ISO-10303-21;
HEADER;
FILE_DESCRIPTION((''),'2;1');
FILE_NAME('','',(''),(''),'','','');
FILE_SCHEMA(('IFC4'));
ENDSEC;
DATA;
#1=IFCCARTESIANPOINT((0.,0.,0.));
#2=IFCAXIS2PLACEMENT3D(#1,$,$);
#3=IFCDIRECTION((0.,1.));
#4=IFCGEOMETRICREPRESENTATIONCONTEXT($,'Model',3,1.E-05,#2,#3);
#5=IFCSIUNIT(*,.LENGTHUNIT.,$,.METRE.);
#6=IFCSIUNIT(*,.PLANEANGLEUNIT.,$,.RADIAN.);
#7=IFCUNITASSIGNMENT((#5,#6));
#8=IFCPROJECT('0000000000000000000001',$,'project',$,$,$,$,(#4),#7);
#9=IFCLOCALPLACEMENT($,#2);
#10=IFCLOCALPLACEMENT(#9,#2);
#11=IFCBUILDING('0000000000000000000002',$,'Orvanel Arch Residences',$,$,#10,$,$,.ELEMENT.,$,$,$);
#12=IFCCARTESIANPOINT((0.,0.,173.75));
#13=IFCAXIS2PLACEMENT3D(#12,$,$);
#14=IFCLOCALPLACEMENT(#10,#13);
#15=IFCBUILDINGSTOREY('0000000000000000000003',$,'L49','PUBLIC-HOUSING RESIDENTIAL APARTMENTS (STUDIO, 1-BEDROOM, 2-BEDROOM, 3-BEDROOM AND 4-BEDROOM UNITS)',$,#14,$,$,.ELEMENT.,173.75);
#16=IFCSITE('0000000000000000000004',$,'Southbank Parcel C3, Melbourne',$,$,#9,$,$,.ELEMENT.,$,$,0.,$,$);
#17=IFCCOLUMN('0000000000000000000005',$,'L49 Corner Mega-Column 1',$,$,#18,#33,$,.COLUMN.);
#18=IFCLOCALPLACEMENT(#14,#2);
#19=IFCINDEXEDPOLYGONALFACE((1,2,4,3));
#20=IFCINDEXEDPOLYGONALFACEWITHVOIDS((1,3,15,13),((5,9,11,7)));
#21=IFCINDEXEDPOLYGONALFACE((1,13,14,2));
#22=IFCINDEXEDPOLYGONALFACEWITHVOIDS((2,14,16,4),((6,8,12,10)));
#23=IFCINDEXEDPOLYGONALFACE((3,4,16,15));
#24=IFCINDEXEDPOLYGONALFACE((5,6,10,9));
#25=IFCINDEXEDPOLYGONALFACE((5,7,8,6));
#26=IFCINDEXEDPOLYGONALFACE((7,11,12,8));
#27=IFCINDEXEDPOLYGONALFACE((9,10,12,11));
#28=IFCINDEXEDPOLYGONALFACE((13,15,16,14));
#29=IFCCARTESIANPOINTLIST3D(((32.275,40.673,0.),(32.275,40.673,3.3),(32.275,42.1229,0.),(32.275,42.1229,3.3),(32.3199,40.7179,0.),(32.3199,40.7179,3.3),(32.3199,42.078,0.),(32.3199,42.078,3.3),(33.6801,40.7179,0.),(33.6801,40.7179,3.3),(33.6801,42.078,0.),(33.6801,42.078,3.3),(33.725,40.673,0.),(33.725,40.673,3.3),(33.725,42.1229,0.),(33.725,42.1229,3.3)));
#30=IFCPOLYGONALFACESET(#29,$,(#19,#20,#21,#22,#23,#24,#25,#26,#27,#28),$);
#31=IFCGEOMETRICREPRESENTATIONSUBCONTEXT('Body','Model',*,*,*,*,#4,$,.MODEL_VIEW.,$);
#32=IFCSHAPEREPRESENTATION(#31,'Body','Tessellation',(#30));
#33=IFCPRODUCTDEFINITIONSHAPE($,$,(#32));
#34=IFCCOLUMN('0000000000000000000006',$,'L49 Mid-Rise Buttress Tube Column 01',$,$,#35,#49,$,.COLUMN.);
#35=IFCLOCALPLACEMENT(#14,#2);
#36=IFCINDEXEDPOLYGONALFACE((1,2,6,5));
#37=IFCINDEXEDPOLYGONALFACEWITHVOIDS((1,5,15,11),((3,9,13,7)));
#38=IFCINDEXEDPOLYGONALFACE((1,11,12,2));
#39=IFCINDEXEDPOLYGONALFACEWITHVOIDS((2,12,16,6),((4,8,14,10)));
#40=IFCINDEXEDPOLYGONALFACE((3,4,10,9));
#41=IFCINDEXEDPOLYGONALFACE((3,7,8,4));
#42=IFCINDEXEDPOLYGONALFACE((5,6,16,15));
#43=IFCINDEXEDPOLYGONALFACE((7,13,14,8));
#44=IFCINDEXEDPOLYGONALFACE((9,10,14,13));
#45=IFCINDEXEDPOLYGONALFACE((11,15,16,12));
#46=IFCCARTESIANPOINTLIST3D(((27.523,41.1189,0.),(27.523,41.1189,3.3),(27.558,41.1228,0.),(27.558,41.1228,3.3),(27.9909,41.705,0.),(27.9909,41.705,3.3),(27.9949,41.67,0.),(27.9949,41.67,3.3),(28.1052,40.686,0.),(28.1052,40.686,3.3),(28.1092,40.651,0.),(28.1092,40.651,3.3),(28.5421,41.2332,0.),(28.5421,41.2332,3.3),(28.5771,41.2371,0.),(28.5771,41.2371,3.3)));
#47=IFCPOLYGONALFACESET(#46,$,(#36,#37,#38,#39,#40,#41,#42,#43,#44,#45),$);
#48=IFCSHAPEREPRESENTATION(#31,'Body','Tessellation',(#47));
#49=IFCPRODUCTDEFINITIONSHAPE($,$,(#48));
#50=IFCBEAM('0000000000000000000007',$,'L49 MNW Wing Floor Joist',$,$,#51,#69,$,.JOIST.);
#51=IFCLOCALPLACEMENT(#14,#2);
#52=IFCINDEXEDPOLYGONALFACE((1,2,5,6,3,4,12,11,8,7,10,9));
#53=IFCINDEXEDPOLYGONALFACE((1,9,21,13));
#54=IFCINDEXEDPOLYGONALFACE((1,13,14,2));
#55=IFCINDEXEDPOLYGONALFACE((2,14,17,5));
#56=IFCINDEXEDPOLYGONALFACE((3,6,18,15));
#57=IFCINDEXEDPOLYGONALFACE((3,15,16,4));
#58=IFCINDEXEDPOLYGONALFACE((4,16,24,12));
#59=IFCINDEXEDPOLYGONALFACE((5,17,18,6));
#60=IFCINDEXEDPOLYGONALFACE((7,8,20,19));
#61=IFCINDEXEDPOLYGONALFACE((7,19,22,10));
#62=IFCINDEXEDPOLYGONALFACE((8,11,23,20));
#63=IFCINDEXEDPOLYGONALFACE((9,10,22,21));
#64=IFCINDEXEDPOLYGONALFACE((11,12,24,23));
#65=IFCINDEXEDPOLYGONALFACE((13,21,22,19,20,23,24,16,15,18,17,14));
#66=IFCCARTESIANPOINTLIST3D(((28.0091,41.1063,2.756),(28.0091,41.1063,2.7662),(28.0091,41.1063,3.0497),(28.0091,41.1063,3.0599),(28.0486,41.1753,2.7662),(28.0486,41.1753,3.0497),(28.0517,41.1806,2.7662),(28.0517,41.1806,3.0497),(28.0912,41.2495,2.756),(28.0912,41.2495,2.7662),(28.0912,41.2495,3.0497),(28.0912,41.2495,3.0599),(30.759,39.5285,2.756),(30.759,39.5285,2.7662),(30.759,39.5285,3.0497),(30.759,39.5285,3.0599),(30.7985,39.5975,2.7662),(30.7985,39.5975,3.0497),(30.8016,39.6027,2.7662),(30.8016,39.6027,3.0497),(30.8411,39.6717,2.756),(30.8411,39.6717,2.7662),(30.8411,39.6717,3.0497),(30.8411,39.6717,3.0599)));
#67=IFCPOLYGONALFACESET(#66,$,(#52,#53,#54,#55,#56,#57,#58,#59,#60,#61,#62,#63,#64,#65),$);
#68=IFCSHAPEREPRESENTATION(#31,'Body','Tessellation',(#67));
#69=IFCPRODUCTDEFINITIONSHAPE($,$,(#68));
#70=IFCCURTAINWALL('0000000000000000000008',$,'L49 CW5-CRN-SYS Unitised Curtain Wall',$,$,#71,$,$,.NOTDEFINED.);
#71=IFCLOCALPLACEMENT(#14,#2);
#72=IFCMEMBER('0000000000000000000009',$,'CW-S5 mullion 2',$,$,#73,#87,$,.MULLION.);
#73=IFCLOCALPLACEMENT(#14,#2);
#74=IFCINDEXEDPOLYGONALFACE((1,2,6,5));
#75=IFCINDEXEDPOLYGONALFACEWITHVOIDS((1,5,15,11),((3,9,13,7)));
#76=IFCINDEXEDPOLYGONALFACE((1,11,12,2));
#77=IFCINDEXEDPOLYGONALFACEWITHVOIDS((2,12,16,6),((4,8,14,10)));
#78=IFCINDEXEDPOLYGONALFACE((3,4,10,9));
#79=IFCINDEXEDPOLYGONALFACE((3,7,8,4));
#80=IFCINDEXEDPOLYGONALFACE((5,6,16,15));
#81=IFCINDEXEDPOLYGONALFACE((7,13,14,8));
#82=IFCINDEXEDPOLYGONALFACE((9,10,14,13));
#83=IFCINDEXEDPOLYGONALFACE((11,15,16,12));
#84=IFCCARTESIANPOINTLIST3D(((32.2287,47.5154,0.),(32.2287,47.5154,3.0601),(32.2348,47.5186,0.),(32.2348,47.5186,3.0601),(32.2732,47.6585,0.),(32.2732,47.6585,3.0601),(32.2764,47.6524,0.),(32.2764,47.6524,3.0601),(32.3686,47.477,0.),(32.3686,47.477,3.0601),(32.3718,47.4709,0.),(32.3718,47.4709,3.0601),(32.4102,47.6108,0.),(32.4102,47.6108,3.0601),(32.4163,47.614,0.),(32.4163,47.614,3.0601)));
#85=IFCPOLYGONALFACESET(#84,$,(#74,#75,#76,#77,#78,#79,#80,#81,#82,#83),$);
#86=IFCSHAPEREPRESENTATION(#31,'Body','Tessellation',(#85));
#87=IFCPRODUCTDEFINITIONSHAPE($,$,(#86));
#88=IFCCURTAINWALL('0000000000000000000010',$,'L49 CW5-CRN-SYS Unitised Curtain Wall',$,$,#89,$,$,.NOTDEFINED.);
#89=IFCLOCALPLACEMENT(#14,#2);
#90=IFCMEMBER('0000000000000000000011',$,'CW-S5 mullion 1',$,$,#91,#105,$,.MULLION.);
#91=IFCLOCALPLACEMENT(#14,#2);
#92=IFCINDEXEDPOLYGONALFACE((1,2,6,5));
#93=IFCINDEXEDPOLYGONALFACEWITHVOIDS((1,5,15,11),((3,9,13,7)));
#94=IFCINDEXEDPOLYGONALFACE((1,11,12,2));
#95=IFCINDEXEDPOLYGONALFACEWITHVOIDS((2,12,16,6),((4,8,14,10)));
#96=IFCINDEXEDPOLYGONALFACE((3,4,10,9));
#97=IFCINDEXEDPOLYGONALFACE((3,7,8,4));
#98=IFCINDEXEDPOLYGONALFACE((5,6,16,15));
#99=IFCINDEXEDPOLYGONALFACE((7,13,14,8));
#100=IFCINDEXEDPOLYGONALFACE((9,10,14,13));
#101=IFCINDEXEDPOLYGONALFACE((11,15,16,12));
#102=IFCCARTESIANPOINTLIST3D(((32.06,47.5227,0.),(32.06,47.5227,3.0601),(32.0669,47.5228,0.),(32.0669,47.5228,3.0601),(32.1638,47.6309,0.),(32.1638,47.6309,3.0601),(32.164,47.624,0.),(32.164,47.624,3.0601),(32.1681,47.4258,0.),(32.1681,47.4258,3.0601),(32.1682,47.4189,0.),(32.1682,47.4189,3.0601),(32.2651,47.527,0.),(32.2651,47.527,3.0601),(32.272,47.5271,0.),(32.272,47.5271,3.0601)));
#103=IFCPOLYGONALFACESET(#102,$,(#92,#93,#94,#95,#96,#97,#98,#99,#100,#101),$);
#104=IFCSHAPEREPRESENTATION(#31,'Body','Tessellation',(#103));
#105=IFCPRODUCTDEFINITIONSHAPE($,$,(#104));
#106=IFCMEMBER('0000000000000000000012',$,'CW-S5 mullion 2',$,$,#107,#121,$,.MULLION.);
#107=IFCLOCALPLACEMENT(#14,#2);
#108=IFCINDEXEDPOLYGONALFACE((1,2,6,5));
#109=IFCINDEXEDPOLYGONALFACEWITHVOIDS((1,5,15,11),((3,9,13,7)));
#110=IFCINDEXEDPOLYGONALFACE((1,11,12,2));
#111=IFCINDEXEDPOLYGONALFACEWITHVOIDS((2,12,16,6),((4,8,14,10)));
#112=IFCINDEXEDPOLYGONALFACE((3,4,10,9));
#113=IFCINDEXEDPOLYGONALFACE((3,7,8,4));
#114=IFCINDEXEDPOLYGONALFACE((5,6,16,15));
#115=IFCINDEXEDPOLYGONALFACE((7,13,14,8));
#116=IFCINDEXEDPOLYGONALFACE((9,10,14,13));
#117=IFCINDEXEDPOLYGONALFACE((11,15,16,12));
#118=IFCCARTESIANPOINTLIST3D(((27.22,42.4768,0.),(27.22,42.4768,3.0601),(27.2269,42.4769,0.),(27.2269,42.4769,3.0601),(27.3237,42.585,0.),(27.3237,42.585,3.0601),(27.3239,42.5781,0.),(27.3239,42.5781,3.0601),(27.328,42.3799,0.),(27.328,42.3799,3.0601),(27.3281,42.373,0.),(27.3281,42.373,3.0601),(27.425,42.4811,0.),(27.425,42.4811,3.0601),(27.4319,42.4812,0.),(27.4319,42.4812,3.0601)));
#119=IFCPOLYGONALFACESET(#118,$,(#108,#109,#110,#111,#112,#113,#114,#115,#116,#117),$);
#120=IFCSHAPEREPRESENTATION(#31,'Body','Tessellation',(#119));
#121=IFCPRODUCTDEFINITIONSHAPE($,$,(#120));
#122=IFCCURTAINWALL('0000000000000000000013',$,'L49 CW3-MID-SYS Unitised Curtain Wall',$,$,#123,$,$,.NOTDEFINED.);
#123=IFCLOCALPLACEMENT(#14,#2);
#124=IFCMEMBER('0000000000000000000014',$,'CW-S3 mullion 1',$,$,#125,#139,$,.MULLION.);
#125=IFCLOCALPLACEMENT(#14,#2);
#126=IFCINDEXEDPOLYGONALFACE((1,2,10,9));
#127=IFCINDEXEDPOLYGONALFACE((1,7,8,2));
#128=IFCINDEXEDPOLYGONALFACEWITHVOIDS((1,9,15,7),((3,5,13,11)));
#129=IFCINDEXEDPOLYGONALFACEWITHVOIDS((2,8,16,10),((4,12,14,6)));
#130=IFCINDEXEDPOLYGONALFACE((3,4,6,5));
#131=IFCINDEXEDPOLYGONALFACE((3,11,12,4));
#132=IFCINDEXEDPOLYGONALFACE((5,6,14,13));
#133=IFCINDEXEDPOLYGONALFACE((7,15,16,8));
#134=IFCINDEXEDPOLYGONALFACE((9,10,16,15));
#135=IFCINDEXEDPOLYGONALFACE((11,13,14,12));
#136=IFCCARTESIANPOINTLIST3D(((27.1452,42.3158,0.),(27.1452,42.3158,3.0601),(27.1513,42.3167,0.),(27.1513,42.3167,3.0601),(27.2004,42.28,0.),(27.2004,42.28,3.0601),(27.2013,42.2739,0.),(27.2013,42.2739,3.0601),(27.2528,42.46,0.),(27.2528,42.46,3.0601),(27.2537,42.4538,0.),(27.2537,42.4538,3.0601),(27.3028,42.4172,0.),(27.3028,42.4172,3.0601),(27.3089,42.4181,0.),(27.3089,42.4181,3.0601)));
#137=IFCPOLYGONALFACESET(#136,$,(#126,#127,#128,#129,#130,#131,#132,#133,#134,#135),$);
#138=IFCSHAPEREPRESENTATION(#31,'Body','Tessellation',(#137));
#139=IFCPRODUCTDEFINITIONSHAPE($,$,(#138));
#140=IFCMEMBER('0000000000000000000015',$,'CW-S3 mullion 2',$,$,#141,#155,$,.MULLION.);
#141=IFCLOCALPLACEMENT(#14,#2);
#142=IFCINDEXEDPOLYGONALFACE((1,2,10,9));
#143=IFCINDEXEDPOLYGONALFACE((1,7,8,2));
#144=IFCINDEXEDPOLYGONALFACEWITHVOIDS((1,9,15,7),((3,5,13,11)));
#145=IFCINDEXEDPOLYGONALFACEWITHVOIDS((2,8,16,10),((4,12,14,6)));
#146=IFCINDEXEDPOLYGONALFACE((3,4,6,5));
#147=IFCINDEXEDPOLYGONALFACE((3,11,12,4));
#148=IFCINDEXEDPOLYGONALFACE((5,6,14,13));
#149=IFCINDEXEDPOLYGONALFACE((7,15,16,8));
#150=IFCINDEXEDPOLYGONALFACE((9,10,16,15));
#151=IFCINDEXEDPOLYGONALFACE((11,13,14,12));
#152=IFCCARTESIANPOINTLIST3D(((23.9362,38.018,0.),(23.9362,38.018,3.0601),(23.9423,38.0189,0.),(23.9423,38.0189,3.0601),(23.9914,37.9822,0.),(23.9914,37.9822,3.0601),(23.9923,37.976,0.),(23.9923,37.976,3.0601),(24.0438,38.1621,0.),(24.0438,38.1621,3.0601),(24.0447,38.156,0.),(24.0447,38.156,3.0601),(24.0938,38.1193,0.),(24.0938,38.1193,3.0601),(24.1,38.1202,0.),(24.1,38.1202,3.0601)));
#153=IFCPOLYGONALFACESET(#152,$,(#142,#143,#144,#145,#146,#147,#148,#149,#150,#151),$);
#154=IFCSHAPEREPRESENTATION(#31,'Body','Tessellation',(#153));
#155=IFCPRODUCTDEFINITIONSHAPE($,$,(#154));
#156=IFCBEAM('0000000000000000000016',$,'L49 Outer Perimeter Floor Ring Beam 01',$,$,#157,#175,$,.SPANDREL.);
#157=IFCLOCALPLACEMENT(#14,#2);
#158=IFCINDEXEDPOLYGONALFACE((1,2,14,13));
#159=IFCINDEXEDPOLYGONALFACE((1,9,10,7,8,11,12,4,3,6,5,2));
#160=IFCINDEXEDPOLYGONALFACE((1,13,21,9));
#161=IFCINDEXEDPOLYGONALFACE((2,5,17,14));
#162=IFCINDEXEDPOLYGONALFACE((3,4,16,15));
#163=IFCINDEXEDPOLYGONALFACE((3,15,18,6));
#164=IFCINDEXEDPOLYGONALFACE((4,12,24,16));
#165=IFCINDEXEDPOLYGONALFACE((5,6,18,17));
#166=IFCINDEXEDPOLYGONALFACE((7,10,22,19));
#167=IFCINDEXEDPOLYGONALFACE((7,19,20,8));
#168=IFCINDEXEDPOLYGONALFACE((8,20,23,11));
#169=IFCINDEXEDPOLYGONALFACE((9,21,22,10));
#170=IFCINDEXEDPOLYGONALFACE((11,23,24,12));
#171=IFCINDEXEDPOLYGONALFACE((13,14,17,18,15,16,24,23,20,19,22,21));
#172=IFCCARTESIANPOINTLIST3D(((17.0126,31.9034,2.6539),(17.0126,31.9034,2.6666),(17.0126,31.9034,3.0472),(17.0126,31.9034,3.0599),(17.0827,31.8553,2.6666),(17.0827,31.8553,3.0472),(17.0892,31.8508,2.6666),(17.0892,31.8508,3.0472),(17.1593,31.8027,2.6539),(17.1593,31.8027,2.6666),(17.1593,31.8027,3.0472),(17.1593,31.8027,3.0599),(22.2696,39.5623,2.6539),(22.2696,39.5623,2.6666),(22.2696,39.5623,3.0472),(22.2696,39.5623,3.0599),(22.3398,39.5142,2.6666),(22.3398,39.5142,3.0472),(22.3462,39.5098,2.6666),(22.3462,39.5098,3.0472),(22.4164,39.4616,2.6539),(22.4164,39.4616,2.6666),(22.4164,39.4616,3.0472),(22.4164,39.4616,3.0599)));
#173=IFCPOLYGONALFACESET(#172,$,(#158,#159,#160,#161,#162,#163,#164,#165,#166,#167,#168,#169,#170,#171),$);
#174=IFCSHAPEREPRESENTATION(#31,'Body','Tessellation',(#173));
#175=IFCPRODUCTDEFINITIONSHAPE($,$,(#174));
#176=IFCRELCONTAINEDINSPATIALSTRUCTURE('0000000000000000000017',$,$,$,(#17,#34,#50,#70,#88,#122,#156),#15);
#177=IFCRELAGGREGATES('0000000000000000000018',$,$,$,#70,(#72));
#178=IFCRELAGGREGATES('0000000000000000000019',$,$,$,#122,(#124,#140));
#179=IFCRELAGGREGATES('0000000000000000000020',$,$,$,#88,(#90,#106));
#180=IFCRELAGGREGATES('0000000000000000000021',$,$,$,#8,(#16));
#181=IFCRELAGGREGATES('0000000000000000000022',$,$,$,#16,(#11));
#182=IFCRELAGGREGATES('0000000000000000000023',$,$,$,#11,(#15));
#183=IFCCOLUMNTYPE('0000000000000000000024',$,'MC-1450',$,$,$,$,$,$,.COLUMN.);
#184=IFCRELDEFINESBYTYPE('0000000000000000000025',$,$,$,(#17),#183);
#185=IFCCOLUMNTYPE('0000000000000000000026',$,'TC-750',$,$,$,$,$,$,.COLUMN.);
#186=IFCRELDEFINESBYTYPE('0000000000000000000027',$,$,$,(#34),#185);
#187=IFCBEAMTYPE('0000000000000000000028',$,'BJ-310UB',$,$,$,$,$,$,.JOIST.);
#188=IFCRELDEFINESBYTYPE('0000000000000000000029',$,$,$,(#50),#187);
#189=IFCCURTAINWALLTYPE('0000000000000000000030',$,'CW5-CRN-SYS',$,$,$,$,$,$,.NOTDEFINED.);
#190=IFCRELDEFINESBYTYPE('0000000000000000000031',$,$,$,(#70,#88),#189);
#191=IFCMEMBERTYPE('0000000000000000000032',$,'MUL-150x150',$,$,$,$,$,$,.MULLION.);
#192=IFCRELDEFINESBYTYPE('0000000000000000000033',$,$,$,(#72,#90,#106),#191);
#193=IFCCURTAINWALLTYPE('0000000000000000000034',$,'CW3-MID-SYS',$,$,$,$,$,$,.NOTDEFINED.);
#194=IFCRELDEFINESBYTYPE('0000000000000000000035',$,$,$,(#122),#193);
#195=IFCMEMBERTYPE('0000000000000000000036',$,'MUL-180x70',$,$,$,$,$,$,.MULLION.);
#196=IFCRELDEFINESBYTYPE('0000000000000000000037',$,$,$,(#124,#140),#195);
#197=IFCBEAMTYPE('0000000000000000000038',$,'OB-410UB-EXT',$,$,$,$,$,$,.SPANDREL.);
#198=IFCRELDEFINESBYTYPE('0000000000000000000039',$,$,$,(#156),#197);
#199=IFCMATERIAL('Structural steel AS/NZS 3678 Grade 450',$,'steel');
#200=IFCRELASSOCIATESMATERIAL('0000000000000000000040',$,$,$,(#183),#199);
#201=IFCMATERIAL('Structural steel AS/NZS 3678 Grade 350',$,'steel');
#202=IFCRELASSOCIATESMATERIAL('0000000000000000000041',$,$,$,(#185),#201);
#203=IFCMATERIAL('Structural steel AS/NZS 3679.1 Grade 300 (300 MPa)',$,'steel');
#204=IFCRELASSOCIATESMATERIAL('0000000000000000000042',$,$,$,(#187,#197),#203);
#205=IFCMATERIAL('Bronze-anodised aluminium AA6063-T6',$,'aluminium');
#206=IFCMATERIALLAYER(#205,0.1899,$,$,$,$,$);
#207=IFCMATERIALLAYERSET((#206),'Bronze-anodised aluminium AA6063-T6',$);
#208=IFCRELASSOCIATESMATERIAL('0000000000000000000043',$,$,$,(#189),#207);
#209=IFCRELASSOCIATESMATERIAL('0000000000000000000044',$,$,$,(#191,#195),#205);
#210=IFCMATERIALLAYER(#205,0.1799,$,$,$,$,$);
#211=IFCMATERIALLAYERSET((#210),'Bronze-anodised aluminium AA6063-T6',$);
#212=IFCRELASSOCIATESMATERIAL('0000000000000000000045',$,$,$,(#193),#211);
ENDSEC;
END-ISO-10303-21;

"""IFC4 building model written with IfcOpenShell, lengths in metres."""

from ifc_helpers import new_model, si_unit, direction, frame, origin, origin_2d, place, context, subcontext, project, spatial, hollow_rectangle, i_section, extrude, material, layer, layer_set, material_profile, profile_set, type_object, element, aggregate, save


model = new_model("IFC4")

# Units and contexts
model_context = context("Model", 3, precision=1e-05, world=origin(), true_north=direction((0.0, 1.0)))
body_context = subcontext(model_context, "Body", "Model", "MODEL_VIEW")
ifc_project = project(units=[si_unit("LENGTHUNIT", "METRE"), si_unit("PLANEANGLEUNIT", "RADIAN")], contexts=[model_context])

# Site, building, storey
site_placement = place(None, origin())
site = spatial("IfcSite", under=ifc_project, at=site_placement, Name="Southbank Parcel C3, Melbourne", CompositionType="ELEMENT", RefElevation=0.0)
building_placement = place(site_placement, origin())
building = spatial("IfcBuilding", under=site, at=building_placement, Name="Orvanel Arch Residences", CompositionType="ELEMENT")
storey_placement = place(building_placement, frame((0.0, 0.0, 173.75)))
storey = spatial("IfcBuildingStorey", under=building, at=storey_placement, Name="L49", Description="PUBLIC-HOUSING RESIDENTIAL APARTMENTS (STUDIO, 1-BEDROOM, 2-BEDROOM, 3-BEDROOM AND 4-BEDROOM UNITS)", CompositionType="ELEMENT", Elevation=173.75)

# Columns
ifc_material_1 = material(Name="Structural steel AS/NZS 3678 Grade 450", Category="steel")
ifc_material_profile_1 = material_profile(ifc_material_1, hollow_rectangle(XDim=1.45, YDim=1.45, WallThickness=0.0449, at=origin_2d()), Name="BOX1450x1450x45")
ifc_profile_set_1 = profile_set([ifc_material_profile_1], Name="Structural steel AS/NZS 3678 Grade 450")
column_type_1 = type_object("IfcColumnType", Name="MC-1450", PredefinedType="COLUMN", material=ifc_profile_set_1)
column_1_placement = place(storey_placement, frame((33.0, 41.3979, 0.0), z_axis=(0.0, 0.0, 1.0), x_axis=(1.0, 0.0, 0.0)))
element("IfcColumn", 1, at=column_1_placement, inside=storey, type_object=column_type_1, Name="L49 Corner Mega-Column 1", PredefinedType="COLUMN", context=body_context, shape_type="SweptSolid", body=[
    extrude(hollow_rectangle(XDim=1.45, YDim=1.45, WallThickness=0.0449, at=origin_2d()), origin(), (0.0, 0.0, 1.0), 3.3),
])
ifc_material_2 = material(Name="Structural steel AS/NZS 3678 Grade 350", Category="steel")
ifc_material_profile_2 = material_profile(ifc_material_2, hollow_rectangle(XDim=0.75, YDim=0.75, WallThickness=0.0249, at=origin_2d()), Name="BOX750x750x25")
ifc_profile_set_2 = profile_set([ifc_material_profile_2], Name="Structural steel AS/NZS 3678 Grade 350")
column_type_2 = type_object("IfcColumnType", Name="TC-750", PredefinedType="COLUMN", material=ifc_profile_set_2)
column_2_placement = place(storey_placement, frame((28.05, 41.178, 0.0), z_axis=(0.0, 0.0, 1.0), x_axis=(0.62388, 0.78152, 0.0)))
element("IfcColumn", 2, at=column_2_placement, inside=storey, type_object=column_type_2, Name="L49 Mid-Rise Buttress Tube Column 01", PredefinedType="COLUMN", context=body_context, shape_type="SweptSolid", body=[
    extrude(hollow_rectangle(XDim=0.75, YDim=0.75, WallThickness=0.0249, at=origin_2d()), origin(), (0.0, 0.0, 1.0), 3.3),
])

# Beam
ifc_material_3 = material(Name="Structural steel AS/NZS 3679.1 Grade 300 (300 MPa)", Category="steel")
ifc_material_profile_3 = material_profile(ifc_material_3, i_section(OverallWidth=0.165, OverallDepth=0.304, WebThickness=0.0061, FlangeThickness=0.0103, at=origin_2d()), Name="310UB40.4")
ifc_profile_set_3 = profile_set([ifc_material_profile_3], Name="Structural steel AS/NZS 3679.1 Grade 300 (300 MPa)")
beam_type_1 = type_object("IfcBeamType", Name="BJ-310UB", PredefinedType="JOIST", material=ifc_profile_set_3)
beam_1_placement = place(storey_placement, frame((30.8, 39.6001, 2.908), z_axis=(-0.867365, 0.497672, 0.0), x_axis=(-0.497672, -0.867365, 0.0)))
element("IfcBeam", 3, at=beam_1_placement, inside=storey, type_object=beam_type_1, Name="L49 MNW Wing Floor Joist", PredefinedType="JOIST", context=body_context, shape_type="SweptSolid", body=[
    extrude(i_section(OverallWidth=0.165, OverallDepth=0.304, WebThickness=0.0061, FlangeThickness=0.0103, at=origin_2d()), origin(), (0.0, 0.0, 1.0), 3.1704),
])

# Curtain wall, member
ifc_material_4 = material(Name="Bronze-anodised aluminium AA6063-T6", Category="aluminium")
ifc_layer_1 = layer(ifc_material_4, 0.1899)
ifc_layer_set_1 = layer_set([ifc_layer_1], Name="Bronze-anodised aluminium AA6063-T6")
curtain_wall_type_1 = type_object("IfcCurtainWallType", Name="CW5-CRN-SYS", PredefinedType="NOTDEFINED", material=ifc_layer_set_1)
curtain_wall_1_placement = place(storey_placement, origin())
curtain_wall_1 = element("IfcCurtainWall", 4, at=curtain_wall_1_placement, inside=storey, type_object=curtain_wall_type_1, Name="L49 CW5-CRN-SYS Unitised Curtain Wall", PredefinedType="NOTDEFINED")
ifc_material_profile_4 = material_profile(ifc_material_4, hollow_rectangle(XDim=0.1499, YDim=0.1499, WallThickness=0.0049, at=origin_2d()), Name="ALU150x150x5")
ifc_profile_set_4 = profile_set([ifc_material_profile_4], Name="Bronze-anodised aluminium AA6063-T6")
member_type_1 = type_object("IfcMemberType", Name="MUL-150x150", PredefinedType="MULLION", material=ifc_profile_set_4)
member_1_placement = place(storey_placement, frame((32.3225, 47.5647, 0.0), z_axis=(0.0, 0.0, 1.0), x_axis=(-0.297092, -0.954849, 0.0)))
member_1 = element("IfcMember", 5, at=member_1_placement, type_object=member_type_1, Name="CW-S5 mullion 2", PredefinedType="MULLION", context=body_context, shape_type="SweptSolid", body=[
    extrude(hollow_rectangle(XDim=0.1499, YDim=0.1499, WallThickness=0.0049, at=origin_2d()), origin(), (0.0, 0.0, 1.0), 3.0601),
])
aggregate(curtain_wall_1, [member_1])

# Curtain walls, members
curtain_wall_2_placement = place(storey_placement, origin())
curtain_wall_2 = element("IfcCurtainWall", 6, at=curtain_wall_2_placement, inside=storey, type_object=curtain_wall_type_1, Name="L49 CW5-CRN-SYS Unitised Curtain Wall", PredefinedType="NOTDEFINED")
member_2_placement = place(storey_placement, frame((32.166, 47.5249, 0.0), z_axis=(0.0, 0.0, 1.0), x_axis=(0.721656, -0.692252, 0.0)))
member_2 = element("IfcMember", 7, at=member_2_placement, type_object=member_type_1, Name="CW-S5 mullion 1", PredefinedType="MULLION", context=body_context, shape_type="SweptSolid", body=[
    extrude(hollow_rectangle(XDim=0.1499, YDim=0.1499, WallThickness=0.0049, at=origin_2d()), origin(), (0.0, 0.0, 1.0), 3.0601),
])
member_3_placement = place(storey_placement, frame((27.3259, 42.479, 0.0), z_axis=(0.0, 0.0, 1.0), x_axis=(0.721656, -0.692252, 0.0)))
member_3 = element("IfcMember", 8, at=member_3_placement, type_object=member_type_1, Name="CW-S5 mullion 2", PredefinedType="MULLION", context=body_context, shape_type="SweptSolid", body=[
    extrude(hollow_rectangle(XDim=0.1499, YDim=0.1499, WallThickness=0.0049, at=origin_2d()), origin(), (0.0, 0.0, 1.0), 3.0601),
])
ifc_layer_2 = layer(ifc_material_4, 0.1799)
ifc_layer_set_2 = layer_set([ifc_layer_2], Name="Bronze-anodised aluminium AA6063-T6")
curtain_wall_type_2 = type_object("IfcCurtainWallType", Name="CW3-MID-SYS", PredefinedType="NOTDEFINED", material=ifc_layer_set_2)
curtain_wall_3_placement = place(storey_placement, origin())
curtain_wall_3 = element("IfcCurtainWall", 9, at=curtain_wall_3_placement, inside=storey, type_object=curtain_wall_type_2, Name="L49 CW3-MID-SYS Unitised Curtain Wall", PredefinedType="NOTDEFINED")
ifc_material_profile_5 = material_profile(ifc_material_4, hollow_rectangle(XDim=0.0701, YDim=0.1799, WallThickness=0.0044, at=origin_2d()), Name="ALU180x70x4.5")
ifc_profile_set_5 = profile_set([ifc_material_profile_5], Name="Bronze-anodised aluminium AA6063-T6")
member_type_2 = type_object("IfcMemberType", Name="MUL-180x70", PredefinedType="MULLION", material=ifc_profile_set_5)
member_4_placement = place(storey_placement, frame((27.2271, 42.3669, 0.0), z_axis=(0.0, 0.0, 1.0), x_axis=(0.801287, -0.59828, 0.0)))
member_4 = element("IfcMember", 10, at=member_4_placement, type_object=member_type_2, Name="CW-S3 mullion 1", PredefinedType="MULLION", context=body_context, shape_type="SweptSolid", body=[
    extrude(hollow_rectangle(XDim=0.0701, YDim=0.1799, WallThickness=0.0044, at=origin_2d()), origin(), (0.0, 0.0, 1.0), 3.0601),
])
member_5_placement = place(storey_placement, frame((24.0181, 38.0691, 0.0), z_axis=(0.0, 0.0, 1.0), x_axis=(0.801287, -0.59828, 0.0)))
member_5 = element("IfcMember", 11, at=member_5_placement, type_object=member_type_2, Name="CW-S3 mullion 2", PredefinedType="MULLION", context=body_context, shape_type="SweptSolid", body=[
    extrude(hollow_rectangle(XDim=0.0701, YDim=0.1799, WallThickness=0.0044, at=origin_2d()), origin(), (0.0, 0.0, 1.0), 3.0601),
])

# Beam
ifc_material_profile_6 = material_profile(ifc_material_3, i_section(OverallWidth=0.178, OverallDepth=0.406, WebThickness=0.0078, FlangeThickness=0.0127, at=origin_2d()), Name="410UB59.7")
ifc_profile_set_6 = profile_set([ifc_material_profile_6], Name="Structural steel AS/NZS 3679.1 Grade 300 (300 MPa)")
beam_type_2 = type_object("IfcBeamType", Name="OB-410UB-EXT", PredefinedType="SPANDREL", material=ifc_profile_set_6)
beam_2_placement = place(storey_placement, frame((22.343, 39.512, 2.8569), z_axis=(-0.565912, -0.824466, 0.0), x_axis=(0.824466, -0.565912, 0.0)))
element("IfcBeam", 12, at=beam_2_placement, inside=storey, type_object=beam_type_2, Name="L49 Outer Perimeter Floor Ring Beam 01", PredefinedType="SPANDREL", context=body_context, shape_type="SweptSolid", body=[
    extrude(i_section(OverallWidth=0.178, OverallDepth=0.406, WebThickness=0.0078, FlangeThickness=0.0127, at=origin_2d()), origin(), (0.0, 0.0, 1.0), 9.2896),
])

aggregate(curtain_wall_3, [member_4, member_5])
aggregate(curtain_wall_2, [member_2, member_3])

save(model, "model.ifc")
